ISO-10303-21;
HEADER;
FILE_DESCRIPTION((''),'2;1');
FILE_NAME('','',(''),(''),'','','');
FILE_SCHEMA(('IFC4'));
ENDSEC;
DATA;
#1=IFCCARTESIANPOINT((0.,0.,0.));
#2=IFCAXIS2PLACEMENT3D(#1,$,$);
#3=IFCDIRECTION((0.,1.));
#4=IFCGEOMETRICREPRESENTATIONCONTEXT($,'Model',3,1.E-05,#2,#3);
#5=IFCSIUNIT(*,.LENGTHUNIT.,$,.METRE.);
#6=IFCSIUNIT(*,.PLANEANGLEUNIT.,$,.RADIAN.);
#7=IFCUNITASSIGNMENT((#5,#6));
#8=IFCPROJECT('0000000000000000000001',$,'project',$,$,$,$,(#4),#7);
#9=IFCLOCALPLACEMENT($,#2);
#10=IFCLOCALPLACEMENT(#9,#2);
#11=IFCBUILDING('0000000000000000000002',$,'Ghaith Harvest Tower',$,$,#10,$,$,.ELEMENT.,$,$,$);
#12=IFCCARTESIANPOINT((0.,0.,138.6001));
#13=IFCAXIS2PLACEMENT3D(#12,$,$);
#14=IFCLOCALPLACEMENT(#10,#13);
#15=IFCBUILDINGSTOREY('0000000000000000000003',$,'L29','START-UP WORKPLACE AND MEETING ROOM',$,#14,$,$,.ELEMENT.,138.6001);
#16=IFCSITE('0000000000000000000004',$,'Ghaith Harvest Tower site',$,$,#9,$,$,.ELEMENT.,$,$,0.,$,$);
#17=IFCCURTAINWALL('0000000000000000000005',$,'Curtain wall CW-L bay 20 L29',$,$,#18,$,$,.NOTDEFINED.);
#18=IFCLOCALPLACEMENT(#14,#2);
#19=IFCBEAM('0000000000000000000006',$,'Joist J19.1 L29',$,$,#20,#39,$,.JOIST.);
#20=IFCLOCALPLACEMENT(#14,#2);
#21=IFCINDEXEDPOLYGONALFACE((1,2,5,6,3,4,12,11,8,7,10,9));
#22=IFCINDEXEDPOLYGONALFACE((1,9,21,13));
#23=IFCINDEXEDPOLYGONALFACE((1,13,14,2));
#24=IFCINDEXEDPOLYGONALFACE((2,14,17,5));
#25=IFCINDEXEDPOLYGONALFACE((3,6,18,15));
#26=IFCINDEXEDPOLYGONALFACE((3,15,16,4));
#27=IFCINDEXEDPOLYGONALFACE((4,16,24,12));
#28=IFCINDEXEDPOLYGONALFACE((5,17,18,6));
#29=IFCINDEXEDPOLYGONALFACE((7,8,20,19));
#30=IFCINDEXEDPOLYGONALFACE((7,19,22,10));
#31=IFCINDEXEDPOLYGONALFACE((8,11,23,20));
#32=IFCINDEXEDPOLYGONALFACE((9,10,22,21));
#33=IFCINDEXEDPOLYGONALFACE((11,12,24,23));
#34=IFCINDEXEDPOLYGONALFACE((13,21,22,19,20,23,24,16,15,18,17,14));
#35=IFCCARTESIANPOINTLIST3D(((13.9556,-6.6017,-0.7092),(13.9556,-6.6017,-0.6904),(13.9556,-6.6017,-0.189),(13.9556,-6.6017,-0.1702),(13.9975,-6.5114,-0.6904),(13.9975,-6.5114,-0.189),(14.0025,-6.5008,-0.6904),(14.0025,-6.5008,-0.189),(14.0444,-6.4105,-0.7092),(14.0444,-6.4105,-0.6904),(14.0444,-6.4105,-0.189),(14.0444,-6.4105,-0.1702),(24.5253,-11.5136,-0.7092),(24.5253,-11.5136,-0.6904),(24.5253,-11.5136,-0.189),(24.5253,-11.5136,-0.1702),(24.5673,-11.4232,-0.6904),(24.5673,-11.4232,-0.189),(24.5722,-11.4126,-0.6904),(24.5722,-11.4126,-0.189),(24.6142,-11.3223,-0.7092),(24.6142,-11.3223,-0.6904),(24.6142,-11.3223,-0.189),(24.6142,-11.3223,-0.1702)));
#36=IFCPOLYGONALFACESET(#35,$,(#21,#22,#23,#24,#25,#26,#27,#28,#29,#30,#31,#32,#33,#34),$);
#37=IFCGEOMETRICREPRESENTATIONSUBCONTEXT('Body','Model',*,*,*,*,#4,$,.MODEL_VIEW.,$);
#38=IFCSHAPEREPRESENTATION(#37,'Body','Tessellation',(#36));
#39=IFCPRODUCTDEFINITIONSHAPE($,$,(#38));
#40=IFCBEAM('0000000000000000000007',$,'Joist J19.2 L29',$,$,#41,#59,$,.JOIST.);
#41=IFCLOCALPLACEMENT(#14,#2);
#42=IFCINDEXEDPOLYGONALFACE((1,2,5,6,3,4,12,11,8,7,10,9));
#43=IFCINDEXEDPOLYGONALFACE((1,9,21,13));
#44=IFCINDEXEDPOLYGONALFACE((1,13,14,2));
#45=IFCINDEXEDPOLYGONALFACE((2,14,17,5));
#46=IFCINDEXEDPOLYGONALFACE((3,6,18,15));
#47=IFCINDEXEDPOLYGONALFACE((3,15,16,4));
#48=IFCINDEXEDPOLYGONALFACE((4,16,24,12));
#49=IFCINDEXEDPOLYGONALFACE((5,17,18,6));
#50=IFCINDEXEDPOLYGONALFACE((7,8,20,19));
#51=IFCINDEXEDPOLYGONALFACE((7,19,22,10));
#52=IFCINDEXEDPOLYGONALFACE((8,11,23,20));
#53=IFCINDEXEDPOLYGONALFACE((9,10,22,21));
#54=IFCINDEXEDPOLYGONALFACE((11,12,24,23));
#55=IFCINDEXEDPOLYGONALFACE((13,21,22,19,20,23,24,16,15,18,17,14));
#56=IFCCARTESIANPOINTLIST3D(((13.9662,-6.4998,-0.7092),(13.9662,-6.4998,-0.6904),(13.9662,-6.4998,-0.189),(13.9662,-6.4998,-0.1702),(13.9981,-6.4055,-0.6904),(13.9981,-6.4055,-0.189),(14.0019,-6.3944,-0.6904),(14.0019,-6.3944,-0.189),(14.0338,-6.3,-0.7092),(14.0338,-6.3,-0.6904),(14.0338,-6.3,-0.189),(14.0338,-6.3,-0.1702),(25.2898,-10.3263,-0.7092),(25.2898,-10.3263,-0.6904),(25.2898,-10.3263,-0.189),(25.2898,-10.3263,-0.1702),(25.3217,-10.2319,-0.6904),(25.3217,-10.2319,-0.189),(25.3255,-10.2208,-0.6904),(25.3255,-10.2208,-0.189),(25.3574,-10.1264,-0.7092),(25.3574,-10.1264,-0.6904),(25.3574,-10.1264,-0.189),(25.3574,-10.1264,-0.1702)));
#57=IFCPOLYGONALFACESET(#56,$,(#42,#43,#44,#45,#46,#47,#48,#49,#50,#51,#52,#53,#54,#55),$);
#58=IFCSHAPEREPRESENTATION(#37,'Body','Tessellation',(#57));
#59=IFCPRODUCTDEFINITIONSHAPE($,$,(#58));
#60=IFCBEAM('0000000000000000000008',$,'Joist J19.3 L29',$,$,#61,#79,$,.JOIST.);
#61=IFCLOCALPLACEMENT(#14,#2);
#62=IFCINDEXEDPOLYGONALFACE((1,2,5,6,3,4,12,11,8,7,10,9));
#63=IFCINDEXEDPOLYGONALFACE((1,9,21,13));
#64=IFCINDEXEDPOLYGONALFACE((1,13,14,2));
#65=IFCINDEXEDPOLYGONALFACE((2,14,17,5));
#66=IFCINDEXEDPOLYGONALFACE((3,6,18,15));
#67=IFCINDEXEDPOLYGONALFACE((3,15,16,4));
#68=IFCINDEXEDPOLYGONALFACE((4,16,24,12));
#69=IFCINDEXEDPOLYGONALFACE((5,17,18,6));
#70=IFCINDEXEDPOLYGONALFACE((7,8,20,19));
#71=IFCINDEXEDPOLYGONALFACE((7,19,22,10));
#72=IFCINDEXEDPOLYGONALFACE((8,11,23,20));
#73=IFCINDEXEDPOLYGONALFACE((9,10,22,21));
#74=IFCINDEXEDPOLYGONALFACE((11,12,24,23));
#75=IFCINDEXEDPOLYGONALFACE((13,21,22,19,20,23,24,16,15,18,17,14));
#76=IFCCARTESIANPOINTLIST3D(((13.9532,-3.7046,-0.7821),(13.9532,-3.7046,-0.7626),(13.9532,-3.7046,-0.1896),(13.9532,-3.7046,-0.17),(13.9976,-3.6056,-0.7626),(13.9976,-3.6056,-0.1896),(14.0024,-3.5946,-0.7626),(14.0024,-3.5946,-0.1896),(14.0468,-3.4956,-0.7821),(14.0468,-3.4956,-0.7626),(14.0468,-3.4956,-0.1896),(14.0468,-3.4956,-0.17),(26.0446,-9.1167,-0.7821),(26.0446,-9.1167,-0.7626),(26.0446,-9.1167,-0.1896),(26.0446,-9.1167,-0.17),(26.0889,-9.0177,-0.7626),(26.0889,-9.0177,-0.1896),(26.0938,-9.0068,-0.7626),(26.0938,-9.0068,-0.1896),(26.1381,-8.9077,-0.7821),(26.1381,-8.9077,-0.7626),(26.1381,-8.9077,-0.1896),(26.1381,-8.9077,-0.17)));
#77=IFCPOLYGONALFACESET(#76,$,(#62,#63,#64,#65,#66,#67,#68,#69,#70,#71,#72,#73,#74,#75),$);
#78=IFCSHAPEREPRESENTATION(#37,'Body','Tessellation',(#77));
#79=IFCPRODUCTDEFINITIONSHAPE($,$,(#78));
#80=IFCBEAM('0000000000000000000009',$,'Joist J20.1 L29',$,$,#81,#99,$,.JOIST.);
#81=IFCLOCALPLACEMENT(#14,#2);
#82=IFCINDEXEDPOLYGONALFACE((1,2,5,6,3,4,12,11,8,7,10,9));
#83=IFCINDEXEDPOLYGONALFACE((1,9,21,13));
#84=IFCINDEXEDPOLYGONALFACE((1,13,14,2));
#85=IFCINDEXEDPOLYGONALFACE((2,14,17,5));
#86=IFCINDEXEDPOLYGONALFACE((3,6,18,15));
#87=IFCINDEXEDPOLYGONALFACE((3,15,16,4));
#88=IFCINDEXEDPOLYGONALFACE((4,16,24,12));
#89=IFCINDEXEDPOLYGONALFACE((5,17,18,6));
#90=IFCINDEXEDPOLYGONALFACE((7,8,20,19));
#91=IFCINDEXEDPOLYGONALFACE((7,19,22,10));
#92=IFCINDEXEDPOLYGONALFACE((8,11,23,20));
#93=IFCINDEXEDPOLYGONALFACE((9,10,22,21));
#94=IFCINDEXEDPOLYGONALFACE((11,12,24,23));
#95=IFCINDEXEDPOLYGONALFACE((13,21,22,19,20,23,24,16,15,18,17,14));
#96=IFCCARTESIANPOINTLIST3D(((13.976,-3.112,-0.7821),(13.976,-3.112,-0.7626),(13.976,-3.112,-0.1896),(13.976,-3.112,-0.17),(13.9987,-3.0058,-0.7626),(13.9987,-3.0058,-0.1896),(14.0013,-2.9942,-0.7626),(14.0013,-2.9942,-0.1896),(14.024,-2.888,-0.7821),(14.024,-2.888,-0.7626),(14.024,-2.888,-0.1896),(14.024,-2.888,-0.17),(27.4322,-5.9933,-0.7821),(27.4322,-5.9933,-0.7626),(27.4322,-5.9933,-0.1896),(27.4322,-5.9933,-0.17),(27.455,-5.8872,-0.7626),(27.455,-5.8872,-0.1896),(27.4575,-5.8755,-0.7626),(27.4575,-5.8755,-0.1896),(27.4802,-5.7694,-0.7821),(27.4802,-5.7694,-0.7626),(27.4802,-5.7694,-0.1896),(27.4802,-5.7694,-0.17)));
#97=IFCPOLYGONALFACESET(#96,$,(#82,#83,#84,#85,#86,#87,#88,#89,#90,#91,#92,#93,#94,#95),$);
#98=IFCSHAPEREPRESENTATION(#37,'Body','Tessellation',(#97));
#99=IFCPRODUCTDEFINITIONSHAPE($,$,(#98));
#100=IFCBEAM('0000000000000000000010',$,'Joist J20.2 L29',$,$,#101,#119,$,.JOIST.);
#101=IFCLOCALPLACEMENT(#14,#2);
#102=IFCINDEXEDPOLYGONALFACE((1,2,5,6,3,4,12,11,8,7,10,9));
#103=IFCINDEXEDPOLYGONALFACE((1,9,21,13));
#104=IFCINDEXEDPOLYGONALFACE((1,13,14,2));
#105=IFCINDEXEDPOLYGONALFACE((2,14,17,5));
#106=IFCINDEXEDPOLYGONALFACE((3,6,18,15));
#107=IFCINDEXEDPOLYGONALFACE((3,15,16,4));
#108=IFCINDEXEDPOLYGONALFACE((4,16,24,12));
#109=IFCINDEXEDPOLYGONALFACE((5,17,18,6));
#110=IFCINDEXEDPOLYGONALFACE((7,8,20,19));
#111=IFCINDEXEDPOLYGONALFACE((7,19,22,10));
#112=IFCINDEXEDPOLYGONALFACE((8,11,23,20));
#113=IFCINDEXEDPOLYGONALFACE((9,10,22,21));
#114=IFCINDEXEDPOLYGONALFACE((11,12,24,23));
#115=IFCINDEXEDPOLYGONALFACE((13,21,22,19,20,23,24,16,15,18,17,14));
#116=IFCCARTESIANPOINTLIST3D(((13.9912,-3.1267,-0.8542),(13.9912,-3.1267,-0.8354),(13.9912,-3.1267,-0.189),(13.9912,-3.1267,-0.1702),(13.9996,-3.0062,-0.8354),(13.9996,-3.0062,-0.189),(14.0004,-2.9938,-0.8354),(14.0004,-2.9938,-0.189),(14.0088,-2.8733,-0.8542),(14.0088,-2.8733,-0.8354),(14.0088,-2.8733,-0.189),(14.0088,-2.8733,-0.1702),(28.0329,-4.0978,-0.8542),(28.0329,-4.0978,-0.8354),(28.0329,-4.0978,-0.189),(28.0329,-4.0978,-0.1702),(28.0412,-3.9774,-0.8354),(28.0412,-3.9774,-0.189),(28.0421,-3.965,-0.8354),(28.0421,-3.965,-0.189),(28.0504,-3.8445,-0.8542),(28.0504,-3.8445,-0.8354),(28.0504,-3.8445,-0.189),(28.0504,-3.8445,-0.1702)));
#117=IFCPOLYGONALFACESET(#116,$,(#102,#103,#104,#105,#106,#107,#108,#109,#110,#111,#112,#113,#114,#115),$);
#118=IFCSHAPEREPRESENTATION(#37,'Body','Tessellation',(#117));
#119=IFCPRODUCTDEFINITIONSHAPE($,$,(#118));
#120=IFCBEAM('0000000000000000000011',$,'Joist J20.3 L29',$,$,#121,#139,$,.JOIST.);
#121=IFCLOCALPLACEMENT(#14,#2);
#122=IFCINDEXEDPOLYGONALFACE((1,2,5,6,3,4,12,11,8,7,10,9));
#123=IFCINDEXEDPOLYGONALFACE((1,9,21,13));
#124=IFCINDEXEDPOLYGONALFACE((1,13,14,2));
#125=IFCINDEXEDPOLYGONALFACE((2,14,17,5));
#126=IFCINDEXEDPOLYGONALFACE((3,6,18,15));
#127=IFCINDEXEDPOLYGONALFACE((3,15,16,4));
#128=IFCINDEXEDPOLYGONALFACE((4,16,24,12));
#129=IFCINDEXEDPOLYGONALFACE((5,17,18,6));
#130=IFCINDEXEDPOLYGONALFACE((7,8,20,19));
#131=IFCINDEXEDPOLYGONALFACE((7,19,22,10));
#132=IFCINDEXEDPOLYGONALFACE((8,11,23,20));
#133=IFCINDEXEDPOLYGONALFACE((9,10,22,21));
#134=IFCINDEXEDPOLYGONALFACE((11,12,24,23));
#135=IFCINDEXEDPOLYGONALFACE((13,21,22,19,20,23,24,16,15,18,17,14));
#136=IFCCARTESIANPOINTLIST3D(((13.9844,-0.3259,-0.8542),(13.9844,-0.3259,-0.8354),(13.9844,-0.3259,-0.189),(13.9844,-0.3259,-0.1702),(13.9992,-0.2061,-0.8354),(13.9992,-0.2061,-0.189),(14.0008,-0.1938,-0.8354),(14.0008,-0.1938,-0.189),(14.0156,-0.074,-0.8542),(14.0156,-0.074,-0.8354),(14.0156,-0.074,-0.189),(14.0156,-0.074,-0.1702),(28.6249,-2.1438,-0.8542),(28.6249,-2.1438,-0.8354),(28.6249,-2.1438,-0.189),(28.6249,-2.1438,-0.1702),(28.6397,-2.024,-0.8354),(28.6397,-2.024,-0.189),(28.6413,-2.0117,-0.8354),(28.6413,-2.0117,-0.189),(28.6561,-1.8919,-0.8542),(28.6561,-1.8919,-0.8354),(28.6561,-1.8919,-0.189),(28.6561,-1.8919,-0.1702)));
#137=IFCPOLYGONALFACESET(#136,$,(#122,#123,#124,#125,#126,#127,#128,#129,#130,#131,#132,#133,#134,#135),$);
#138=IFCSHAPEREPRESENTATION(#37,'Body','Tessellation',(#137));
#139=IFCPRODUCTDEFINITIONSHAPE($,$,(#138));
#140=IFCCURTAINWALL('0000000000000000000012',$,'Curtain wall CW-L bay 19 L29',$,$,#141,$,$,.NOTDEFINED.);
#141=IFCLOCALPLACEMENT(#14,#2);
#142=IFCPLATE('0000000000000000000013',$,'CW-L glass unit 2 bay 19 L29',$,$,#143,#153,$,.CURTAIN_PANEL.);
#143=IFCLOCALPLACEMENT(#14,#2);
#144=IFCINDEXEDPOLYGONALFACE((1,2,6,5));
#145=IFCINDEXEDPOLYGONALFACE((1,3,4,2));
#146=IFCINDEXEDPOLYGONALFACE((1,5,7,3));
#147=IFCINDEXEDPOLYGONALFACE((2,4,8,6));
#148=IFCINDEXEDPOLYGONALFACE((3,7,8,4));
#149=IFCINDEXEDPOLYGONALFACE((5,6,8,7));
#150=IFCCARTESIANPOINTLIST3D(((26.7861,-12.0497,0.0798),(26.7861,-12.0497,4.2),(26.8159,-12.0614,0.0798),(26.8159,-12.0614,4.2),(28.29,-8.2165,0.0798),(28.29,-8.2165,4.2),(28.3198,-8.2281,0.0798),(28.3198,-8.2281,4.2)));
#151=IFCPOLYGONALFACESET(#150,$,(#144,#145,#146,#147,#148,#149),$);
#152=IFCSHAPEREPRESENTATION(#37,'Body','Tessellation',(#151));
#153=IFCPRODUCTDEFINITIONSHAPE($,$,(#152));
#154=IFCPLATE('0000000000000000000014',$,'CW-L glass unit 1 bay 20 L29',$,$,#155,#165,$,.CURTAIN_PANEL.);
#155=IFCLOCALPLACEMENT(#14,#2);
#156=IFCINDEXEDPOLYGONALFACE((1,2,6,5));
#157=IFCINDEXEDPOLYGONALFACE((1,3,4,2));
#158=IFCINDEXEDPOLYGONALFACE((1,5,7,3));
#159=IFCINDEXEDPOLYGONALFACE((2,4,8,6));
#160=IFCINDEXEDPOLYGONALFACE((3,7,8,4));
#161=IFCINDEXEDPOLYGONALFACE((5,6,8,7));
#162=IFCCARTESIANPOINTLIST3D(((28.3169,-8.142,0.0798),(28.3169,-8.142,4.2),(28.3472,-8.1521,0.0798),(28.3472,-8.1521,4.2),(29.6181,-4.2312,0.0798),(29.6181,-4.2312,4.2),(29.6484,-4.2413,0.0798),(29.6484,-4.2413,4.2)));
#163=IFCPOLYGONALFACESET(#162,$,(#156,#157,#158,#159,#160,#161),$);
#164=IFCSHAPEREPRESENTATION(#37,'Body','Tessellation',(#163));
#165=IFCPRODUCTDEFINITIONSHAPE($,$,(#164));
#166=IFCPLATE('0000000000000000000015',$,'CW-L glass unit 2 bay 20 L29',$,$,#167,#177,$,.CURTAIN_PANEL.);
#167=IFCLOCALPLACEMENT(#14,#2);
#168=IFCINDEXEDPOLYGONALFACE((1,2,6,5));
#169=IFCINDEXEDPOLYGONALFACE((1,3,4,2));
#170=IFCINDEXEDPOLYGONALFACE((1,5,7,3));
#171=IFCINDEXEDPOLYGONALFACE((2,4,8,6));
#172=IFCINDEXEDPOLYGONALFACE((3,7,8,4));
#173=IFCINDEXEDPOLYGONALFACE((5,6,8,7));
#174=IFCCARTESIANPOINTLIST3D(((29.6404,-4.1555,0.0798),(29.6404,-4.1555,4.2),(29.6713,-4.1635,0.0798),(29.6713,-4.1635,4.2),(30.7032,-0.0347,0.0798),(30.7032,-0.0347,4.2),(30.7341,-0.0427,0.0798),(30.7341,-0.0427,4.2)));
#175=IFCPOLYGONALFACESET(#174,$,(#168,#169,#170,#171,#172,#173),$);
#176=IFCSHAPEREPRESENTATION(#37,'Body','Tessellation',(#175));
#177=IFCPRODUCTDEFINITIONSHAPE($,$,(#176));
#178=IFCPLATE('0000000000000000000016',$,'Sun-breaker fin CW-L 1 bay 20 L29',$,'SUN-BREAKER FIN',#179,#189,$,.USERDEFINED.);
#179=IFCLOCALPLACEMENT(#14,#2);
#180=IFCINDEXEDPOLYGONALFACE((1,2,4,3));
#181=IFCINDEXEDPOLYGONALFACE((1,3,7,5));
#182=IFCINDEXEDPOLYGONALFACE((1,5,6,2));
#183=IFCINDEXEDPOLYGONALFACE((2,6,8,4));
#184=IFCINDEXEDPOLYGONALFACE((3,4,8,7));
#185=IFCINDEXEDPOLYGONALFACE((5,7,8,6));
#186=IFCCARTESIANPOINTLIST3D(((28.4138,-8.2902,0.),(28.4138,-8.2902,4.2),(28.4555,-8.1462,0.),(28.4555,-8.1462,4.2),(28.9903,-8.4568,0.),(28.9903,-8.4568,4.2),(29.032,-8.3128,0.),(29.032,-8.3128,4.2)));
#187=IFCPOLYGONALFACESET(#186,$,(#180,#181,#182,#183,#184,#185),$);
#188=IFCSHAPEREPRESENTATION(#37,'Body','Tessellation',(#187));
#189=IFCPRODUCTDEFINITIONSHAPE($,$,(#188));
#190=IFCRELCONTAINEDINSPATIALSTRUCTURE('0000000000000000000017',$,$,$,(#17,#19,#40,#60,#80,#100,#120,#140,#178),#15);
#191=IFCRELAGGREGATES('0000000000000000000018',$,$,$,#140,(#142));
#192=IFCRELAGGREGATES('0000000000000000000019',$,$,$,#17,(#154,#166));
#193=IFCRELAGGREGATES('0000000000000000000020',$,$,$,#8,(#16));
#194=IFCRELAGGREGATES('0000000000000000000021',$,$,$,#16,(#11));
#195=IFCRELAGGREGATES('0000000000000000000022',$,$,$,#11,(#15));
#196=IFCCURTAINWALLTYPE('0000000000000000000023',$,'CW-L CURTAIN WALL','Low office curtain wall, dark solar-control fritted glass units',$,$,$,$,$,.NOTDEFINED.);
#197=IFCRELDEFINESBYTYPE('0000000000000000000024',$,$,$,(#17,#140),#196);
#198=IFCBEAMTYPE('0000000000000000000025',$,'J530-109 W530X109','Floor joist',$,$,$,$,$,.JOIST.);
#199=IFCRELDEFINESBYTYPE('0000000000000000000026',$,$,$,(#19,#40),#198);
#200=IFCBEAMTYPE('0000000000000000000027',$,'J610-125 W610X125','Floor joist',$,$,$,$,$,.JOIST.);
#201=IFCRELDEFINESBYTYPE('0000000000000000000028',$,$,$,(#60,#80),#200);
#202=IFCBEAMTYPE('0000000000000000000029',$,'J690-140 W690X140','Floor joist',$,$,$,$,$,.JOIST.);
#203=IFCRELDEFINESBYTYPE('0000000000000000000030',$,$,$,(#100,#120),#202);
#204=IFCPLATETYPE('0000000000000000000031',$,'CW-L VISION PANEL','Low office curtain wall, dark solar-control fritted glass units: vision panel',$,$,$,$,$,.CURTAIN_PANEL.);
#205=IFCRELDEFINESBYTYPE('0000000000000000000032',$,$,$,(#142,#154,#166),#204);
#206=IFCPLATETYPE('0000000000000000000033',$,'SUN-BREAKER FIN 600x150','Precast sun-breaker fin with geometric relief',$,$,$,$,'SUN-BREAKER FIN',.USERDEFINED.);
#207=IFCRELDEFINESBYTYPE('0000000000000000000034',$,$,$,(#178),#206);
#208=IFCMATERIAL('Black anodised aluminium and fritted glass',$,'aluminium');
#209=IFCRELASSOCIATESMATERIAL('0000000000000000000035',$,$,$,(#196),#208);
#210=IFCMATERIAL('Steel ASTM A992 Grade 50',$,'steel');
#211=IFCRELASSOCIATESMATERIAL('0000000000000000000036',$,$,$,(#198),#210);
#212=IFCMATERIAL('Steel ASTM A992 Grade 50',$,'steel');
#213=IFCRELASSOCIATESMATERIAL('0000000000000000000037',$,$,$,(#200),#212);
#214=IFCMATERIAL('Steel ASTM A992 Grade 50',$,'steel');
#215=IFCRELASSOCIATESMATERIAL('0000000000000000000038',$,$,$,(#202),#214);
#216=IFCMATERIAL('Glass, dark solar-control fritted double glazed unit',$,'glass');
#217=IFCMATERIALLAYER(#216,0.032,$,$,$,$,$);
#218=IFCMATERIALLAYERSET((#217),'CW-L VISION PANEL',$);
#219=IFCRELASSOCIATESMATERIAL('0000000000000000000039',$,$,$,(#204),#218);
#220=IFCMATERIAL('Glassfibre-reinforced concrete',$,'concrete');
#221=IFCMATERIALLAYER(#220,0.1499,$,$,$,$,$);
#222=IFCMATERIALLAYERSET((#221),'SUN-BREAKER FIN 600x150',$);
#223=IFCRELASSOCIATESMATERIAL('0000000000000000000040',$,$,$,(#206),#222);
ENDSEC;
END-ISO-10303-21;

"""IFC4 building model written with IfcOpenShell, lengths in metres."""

from ifc_helpers import new_model, si_unit, direction, frame, origin, origin_2d, place, context, subcontext, project, spatial, rectangle, i_section, extrude, material, layer, layer_set, material_profile, profile_set, type_object, element, aggregate, save


model = new_model("IFC4")

# Units and contexts
model_context = context("Model", 3, precision=1e-05, world=origin(), true_north=direction((0.0, 1.0)))
body_context = subcontext(model_context, "Body", "Model", "MODEL_VIEW")
ifc_project = project(units=[si_unit("LENGTHUNIT", "METRE"), si_unit("PLANEANGLEUNIT", "RADIAN")], contexts=[model_context])

# Site, building, storey
site_placement = place(None, origin())
site = spatial("IfcSite", under=ifc_project, at=site_placement, Name="Ghaith Harvest Tower site", CompositionType="ELEMENT", RefElevation=0.0)
building_placement = place(site_placement, origin())
building = spatial("IfcBuilding", under=site, at=building_placement, Name="Ghaith Harvest Tower", CompositionType="ELEMENT")
storey_placement = place(building_placement, frame((0.0, 0.0, 138.6001)))
storey = spatial("IfcBuildingStorey", under=building, at=storey_placement, Name="L29", Description="START-UP WORKPLACE AND MEETING ROOM", CompositionType="ELEMENT", Elevation=138.6001)

# Curtain wall
ifc_material_1 = material(Name="Black anodised aluminium and fritted glass", Category="aluminium")
curtain_wall_type = type_object("IfcCurtainWallType", Name="CW-L CURTAIN WALL", Description="Low office curtain wall, dark solar-control fritted glass units", PredefinedType="NOTDEFINED", material=ifc_material_1)
curtain_wall_1_placement = place(storey_placement, origin())
curtain_wall_1 = element("IfcCurtainWall", 1, at=curtain_wall_1_placement, inside=storey, type_object=curtain_wall_type, Name="Curtain wall CW-L bay 20 L29", PredefinedType="NOTDEFINED")

# Beams
ifc_material_2 = material(Name="Steel ASTM A992 Grade 50", Category="steel")
ifc_material_profile_1 = material_profile(ifc_material_2, i_section(OverallWidth=0.2109, OverallDepth=0.5391, WebThickness=0.0117, FlangeThickness=0.0188, at=origin_2d()), Name="W530X109")
ifc_profile_set_1 = profile_set([ifc_material_profile_1], Name="Steel ASTM A992 Grade 50")
beam_type_1 = type_object("IfcBeamType", Name="J530-109 W530X109", Description="Floor joist", PredefinedType="JOIST", material=ifc_profile_set_1)
beam_1_placement = place(storey_placement, frame((14.0, -6.5061, -0.4397), z_axis=(0.906863, -0.421425, 0.0), x_axis=(0.421425, 0.906863, 0.0)))
element("IfcBeam", 2, at=beam_1_placement, inside=storey, type_object=beam_type_1, Name="Joist J19.1 L29", PredefinedType="JOIST", context=body_context, shape_type="SweptSolid", body=[
    extrude(i_section(OverallWidth=0.2109, OverallDepth=0.5391, WebThickness=0.0117, FlangeThickness=0.0188, at=origin_2d()), origin(), (0.0, 0.0, 1.0), 11.6553),
])
beam_2_placement = place(storey_placement, frame((14.0, -6.3999, -0.4397), z_axis=(0.947372, -0.320135, 0.0), x_axis=(0.320135, 0.947372, 0.0)))
element("IfcBeam", 3, at=beam_2_placement, inside=storey, type_object=beam_type_1, Name="Joist J19.2 L29", PredefinedType="JOIST", context=body_context, shape_type="SweptSolid", body=[
    extrude(i_section(OverallWidth=0.2109, OverallDepth=0.5391, WebThickness=0.0117, FlangeThickness=0.0188, at=origin_2d()), origin(), (0.0, 0.0, 1.0), 11.9526),
])
ifc_material_3 = material(Name="Steel ASTM A992 Grade 50", Category="steel")
ifc_material_profile_2 = material_profile(ifc_material_3, i_section(OverallWidth=0.229, OverallDepth=0.6121, WebThickness=0.012, FlangeThickness=0.0195, at=origin_2d()), Name="W610X125")
ifc_profile_set_2 = profile_set([ifc_material_profile_2], Name="Steel ASTM A992 Grade 50")
beam_type_2 = type_object("IfcBeamType", Name="J610-125 W610X125", Description="Floor joist", PredefinedType="JOIST", material=ifc_profile_set_2)
beam_3_placement = place(storey_placement, frame((14.0, -3.6001, -0.4761), z_axis=(0.912738, -0.408545, 0.0), x_axis=(0.408545, 0.912738, 0.0)))
element("IfcBeam", 4, at=beam_3_placement, inside=storey, type_object=beam_type_2, Name="Joist J19.3 L29", PredefinedType="JOIST", context=body_context, shape_type="SweptSolid", body=[
    extrude(i_section(OverallWidth=0.229, OverallDepth=0.6121, WebThickness=0.012, FlangeThickness=0.0195, at=origin_2d()), origin(), (0.0, 0.0, 1.0), 13.2473),
])
beam_4_placement = place(storey_placement, frame((14.0, -3.0, -0.4761), z_axis=(0.977834, -0.20938, 0.0), x_axis=(0.20938, 0.977834, 0.0)))
element("IfcBeam", 5, at=beam_4_placement, inside=storey, type_object=beam_type_2, Name="Joist J20.1 L29", PredefinedType="JOIST", context=body_context, shape_type="SweptSolid", body=[
    extrude(i_section(OverallWidth=0.229, OverallDepth=0.6121, WebThickness=0.012, FlangeThickness=0.0195, at=origin_2d()), origin(), (0.0, 0.0, 1.0), 13.7612),
])
ifc_material_4 = material(Name="Steel ASTM A992 Grade 50", Category="steel")
ifc_material_profile_3 = material_profile(ifc_material_4, i_section(OverallWidth=0.2539, OverallDepth=0.6841, WebThickness=0.0125, FlangeThickness=0.0188, at=origin_2d()), Name="W690X140")
ifc_profile_set_3 = profile_set([ifc_material_profile_3], Name="Steel ASTM A992 Grade 50")
beam_type_3 = type_object("IfcBeamType", Name="J690-140 W690X140", Description="Floor joist", PredefinedType="JOIST", material=ifc_profile_set_3)
beam_5_placement = place(storey_placement, frame((14.0, -3.0, -0.5122), z_axis=(0.997617, -0.069, 0.0), x_axis=(0.069, 0.997617, 0.0)))
element("IfcBeam", 6, at=beam_5_placement, inside=storey, type_object=beam_type_3, Name="Joist J20.2 L29", PredefinedType="JOIST", context=body_context, shape_type="SweptSolid", body=[
    extrude(i_section(OverallWidth=0.2539, OverallDepth=0.6841, WebThickness=0.0125, FlangeThickness=0.0188, at=origin_2d()), origin(), (0.0, 0.0, 1.0), 14.0752),
])
beam_6_placement = place(storey_placement, frame((14.0, -0.2, -0.5122), z_axis=(0.992379, -0.123222, 0.0), x_axis=(0.123222, 0.992379, 0.0)))
element("IfcBeam", 7, at=beam_6_placement, inside=storey, type_object=beam_type_3, Name="Joist J20.3 L29", PredefinedType="JOIST", context=body_context, shape_type="SweptSolid", body=[
    extrude(i_section(OverallWidth=0.2539, OverallDepth=0.6841, WebThickness=0.0125, FlangeThickness=0.0188, at=origin_2d()), origin(), (0.0, 0.0, 1.0), 14.7529),
])

# Curtain wall, plate
curtain_wall_2_placement = place(storey_placement, origin())
curtain_wall_2 = element("IfcCurtainWall", 8, at=curtain_wall_2_placement, inside=storey, type_object=curtain_wall_type, Name="Curtain wall CW-L bay 19 L29", PredefinedType="NOTDEFINED")
ifc_material_5 = material(Name="Glass, dark solar-control fritted double glazed unit", Category="glass")
ifc_layer_1 = layer(ifc_material_5, 0.032)
ifc_layer_set_1 = layer_set([ifc_layer_1], Name="CW-L VISION PANEL")
plate_type_1 = type_object("IfcPlateType", Name="CW-L VISION PANEL", Description="Low office curtain wall, dark solar-control fritted glass units: vision panel", PredefinedType="CURTAIN_PANEL", material=ifc_layer_set_1)
plate_1_placement = place(storey_placement, frame((27.553, -10.1389, 0.0798), z_axis=(0.0, 0.0, 1.0), x_axis=(0.365226, 0.930919, 0.0)))
plate_1 = element("IfcPlate", 9, at=plate_1_placement, type_object=plate_type_1, Name="CW-L glass unit 2 bay 19 L29", PredefinedType="CURTAIN_PANEL", context=body_context, shape_type="SweptSolid", body=[
    extrude(rectangle(XDim=4.1177, YDim=0.032, at=origin_2d()), origin(), (0.0, 0.0, 1.0), 4.1201),
])
aggregate(curtain_wall_2, [plate_1])

# Plates
plate_2_placement = place(storey_placement, frame((28.9827, -6.1917, 0.0798), z_axis=(0.0, 0.0, 1.0), x_axis=(0.315708, 0.948856, 0.0)))
plate_2 = element("IfcPlate", 10, at=plate_2_placement, type_object=plate_type_1, Name="CW-L glass unit 1 bay 20 L29", PredefinedType="CURTAIN_PANEL", context=body_context, shape_type="SweptSolid", body=[
    extrude(rectangle(XDim=4.1216, YDim=0.032, at=origin_2d()), origin(), (0.0, 0.0, 1.0), 4.1201),
])
plate_3_placement = place(storey_placement, frame((30.1873, -2.0991, 0.0798), z_axis=(0.0, 0.0, 1.0), x_axis=(0.249744, 0.968312, 0.0)))
plate_3 = element("IfcPlate", 11, at=plate_3_placement, type_object=plate_type_1, Name="CW-L glass unit 2 bay 20 L29", PredefinedType="CURTAIN_PANEL", context=body_context, shape_type="SweptSolid", body=[
    extrude(rectangle(XDim=4.2556, YDim=0.032, at=origin_2d()), origin(), (0.0, 0.0, 1.0), 4.1201),
])
aggregate(curtain_wall_1, [plate_2, plate_3])
ifc_material_6 = material(Name="Glassfibre-reinforced concrete", Category="concrete")
ifc_layer_2 = layer(ifc_material_6, 0.1499)
ifc_layer_set_2 = layer_set([ifc_layer_2], Name="SUN-BREAKER FIN 600x150")
plate_type_2 = type_object("IfcPlateType", Name="SUN-BREAKER FIN 600x150", Description="Precast sun-breaker fin with geometric relief", ElementType="SUN-BREAKER FIN", PredefinedType="USERDEFINED", material=ifc_layer_set_2)
plate_4_placement = place(storey_placement, frame((28.7229, -8.3015, 0.0), z_axis=(0.0, 0.0, 1.0), x_axis=(0.96068, -0.277657, 0.0)))
element("IfcPlate", 12, at=plate_4_placement, inside=storey, type_object=plate_type_2, Name="Sun-breaker fin CW-L 1 bay 20 L29", ObjectType="SUN-BREAKER FIN", PredefinedType="USERDEFINED", context=body_context, shape_type="SweptSolid", body=[
    extrude(rectangle(XDim=0.6001, YDim=0.1499, at=origin_2d()), origin(), (0.0, 0.0, 1.0), 4.2),
])

save(model, "model.ifc")
